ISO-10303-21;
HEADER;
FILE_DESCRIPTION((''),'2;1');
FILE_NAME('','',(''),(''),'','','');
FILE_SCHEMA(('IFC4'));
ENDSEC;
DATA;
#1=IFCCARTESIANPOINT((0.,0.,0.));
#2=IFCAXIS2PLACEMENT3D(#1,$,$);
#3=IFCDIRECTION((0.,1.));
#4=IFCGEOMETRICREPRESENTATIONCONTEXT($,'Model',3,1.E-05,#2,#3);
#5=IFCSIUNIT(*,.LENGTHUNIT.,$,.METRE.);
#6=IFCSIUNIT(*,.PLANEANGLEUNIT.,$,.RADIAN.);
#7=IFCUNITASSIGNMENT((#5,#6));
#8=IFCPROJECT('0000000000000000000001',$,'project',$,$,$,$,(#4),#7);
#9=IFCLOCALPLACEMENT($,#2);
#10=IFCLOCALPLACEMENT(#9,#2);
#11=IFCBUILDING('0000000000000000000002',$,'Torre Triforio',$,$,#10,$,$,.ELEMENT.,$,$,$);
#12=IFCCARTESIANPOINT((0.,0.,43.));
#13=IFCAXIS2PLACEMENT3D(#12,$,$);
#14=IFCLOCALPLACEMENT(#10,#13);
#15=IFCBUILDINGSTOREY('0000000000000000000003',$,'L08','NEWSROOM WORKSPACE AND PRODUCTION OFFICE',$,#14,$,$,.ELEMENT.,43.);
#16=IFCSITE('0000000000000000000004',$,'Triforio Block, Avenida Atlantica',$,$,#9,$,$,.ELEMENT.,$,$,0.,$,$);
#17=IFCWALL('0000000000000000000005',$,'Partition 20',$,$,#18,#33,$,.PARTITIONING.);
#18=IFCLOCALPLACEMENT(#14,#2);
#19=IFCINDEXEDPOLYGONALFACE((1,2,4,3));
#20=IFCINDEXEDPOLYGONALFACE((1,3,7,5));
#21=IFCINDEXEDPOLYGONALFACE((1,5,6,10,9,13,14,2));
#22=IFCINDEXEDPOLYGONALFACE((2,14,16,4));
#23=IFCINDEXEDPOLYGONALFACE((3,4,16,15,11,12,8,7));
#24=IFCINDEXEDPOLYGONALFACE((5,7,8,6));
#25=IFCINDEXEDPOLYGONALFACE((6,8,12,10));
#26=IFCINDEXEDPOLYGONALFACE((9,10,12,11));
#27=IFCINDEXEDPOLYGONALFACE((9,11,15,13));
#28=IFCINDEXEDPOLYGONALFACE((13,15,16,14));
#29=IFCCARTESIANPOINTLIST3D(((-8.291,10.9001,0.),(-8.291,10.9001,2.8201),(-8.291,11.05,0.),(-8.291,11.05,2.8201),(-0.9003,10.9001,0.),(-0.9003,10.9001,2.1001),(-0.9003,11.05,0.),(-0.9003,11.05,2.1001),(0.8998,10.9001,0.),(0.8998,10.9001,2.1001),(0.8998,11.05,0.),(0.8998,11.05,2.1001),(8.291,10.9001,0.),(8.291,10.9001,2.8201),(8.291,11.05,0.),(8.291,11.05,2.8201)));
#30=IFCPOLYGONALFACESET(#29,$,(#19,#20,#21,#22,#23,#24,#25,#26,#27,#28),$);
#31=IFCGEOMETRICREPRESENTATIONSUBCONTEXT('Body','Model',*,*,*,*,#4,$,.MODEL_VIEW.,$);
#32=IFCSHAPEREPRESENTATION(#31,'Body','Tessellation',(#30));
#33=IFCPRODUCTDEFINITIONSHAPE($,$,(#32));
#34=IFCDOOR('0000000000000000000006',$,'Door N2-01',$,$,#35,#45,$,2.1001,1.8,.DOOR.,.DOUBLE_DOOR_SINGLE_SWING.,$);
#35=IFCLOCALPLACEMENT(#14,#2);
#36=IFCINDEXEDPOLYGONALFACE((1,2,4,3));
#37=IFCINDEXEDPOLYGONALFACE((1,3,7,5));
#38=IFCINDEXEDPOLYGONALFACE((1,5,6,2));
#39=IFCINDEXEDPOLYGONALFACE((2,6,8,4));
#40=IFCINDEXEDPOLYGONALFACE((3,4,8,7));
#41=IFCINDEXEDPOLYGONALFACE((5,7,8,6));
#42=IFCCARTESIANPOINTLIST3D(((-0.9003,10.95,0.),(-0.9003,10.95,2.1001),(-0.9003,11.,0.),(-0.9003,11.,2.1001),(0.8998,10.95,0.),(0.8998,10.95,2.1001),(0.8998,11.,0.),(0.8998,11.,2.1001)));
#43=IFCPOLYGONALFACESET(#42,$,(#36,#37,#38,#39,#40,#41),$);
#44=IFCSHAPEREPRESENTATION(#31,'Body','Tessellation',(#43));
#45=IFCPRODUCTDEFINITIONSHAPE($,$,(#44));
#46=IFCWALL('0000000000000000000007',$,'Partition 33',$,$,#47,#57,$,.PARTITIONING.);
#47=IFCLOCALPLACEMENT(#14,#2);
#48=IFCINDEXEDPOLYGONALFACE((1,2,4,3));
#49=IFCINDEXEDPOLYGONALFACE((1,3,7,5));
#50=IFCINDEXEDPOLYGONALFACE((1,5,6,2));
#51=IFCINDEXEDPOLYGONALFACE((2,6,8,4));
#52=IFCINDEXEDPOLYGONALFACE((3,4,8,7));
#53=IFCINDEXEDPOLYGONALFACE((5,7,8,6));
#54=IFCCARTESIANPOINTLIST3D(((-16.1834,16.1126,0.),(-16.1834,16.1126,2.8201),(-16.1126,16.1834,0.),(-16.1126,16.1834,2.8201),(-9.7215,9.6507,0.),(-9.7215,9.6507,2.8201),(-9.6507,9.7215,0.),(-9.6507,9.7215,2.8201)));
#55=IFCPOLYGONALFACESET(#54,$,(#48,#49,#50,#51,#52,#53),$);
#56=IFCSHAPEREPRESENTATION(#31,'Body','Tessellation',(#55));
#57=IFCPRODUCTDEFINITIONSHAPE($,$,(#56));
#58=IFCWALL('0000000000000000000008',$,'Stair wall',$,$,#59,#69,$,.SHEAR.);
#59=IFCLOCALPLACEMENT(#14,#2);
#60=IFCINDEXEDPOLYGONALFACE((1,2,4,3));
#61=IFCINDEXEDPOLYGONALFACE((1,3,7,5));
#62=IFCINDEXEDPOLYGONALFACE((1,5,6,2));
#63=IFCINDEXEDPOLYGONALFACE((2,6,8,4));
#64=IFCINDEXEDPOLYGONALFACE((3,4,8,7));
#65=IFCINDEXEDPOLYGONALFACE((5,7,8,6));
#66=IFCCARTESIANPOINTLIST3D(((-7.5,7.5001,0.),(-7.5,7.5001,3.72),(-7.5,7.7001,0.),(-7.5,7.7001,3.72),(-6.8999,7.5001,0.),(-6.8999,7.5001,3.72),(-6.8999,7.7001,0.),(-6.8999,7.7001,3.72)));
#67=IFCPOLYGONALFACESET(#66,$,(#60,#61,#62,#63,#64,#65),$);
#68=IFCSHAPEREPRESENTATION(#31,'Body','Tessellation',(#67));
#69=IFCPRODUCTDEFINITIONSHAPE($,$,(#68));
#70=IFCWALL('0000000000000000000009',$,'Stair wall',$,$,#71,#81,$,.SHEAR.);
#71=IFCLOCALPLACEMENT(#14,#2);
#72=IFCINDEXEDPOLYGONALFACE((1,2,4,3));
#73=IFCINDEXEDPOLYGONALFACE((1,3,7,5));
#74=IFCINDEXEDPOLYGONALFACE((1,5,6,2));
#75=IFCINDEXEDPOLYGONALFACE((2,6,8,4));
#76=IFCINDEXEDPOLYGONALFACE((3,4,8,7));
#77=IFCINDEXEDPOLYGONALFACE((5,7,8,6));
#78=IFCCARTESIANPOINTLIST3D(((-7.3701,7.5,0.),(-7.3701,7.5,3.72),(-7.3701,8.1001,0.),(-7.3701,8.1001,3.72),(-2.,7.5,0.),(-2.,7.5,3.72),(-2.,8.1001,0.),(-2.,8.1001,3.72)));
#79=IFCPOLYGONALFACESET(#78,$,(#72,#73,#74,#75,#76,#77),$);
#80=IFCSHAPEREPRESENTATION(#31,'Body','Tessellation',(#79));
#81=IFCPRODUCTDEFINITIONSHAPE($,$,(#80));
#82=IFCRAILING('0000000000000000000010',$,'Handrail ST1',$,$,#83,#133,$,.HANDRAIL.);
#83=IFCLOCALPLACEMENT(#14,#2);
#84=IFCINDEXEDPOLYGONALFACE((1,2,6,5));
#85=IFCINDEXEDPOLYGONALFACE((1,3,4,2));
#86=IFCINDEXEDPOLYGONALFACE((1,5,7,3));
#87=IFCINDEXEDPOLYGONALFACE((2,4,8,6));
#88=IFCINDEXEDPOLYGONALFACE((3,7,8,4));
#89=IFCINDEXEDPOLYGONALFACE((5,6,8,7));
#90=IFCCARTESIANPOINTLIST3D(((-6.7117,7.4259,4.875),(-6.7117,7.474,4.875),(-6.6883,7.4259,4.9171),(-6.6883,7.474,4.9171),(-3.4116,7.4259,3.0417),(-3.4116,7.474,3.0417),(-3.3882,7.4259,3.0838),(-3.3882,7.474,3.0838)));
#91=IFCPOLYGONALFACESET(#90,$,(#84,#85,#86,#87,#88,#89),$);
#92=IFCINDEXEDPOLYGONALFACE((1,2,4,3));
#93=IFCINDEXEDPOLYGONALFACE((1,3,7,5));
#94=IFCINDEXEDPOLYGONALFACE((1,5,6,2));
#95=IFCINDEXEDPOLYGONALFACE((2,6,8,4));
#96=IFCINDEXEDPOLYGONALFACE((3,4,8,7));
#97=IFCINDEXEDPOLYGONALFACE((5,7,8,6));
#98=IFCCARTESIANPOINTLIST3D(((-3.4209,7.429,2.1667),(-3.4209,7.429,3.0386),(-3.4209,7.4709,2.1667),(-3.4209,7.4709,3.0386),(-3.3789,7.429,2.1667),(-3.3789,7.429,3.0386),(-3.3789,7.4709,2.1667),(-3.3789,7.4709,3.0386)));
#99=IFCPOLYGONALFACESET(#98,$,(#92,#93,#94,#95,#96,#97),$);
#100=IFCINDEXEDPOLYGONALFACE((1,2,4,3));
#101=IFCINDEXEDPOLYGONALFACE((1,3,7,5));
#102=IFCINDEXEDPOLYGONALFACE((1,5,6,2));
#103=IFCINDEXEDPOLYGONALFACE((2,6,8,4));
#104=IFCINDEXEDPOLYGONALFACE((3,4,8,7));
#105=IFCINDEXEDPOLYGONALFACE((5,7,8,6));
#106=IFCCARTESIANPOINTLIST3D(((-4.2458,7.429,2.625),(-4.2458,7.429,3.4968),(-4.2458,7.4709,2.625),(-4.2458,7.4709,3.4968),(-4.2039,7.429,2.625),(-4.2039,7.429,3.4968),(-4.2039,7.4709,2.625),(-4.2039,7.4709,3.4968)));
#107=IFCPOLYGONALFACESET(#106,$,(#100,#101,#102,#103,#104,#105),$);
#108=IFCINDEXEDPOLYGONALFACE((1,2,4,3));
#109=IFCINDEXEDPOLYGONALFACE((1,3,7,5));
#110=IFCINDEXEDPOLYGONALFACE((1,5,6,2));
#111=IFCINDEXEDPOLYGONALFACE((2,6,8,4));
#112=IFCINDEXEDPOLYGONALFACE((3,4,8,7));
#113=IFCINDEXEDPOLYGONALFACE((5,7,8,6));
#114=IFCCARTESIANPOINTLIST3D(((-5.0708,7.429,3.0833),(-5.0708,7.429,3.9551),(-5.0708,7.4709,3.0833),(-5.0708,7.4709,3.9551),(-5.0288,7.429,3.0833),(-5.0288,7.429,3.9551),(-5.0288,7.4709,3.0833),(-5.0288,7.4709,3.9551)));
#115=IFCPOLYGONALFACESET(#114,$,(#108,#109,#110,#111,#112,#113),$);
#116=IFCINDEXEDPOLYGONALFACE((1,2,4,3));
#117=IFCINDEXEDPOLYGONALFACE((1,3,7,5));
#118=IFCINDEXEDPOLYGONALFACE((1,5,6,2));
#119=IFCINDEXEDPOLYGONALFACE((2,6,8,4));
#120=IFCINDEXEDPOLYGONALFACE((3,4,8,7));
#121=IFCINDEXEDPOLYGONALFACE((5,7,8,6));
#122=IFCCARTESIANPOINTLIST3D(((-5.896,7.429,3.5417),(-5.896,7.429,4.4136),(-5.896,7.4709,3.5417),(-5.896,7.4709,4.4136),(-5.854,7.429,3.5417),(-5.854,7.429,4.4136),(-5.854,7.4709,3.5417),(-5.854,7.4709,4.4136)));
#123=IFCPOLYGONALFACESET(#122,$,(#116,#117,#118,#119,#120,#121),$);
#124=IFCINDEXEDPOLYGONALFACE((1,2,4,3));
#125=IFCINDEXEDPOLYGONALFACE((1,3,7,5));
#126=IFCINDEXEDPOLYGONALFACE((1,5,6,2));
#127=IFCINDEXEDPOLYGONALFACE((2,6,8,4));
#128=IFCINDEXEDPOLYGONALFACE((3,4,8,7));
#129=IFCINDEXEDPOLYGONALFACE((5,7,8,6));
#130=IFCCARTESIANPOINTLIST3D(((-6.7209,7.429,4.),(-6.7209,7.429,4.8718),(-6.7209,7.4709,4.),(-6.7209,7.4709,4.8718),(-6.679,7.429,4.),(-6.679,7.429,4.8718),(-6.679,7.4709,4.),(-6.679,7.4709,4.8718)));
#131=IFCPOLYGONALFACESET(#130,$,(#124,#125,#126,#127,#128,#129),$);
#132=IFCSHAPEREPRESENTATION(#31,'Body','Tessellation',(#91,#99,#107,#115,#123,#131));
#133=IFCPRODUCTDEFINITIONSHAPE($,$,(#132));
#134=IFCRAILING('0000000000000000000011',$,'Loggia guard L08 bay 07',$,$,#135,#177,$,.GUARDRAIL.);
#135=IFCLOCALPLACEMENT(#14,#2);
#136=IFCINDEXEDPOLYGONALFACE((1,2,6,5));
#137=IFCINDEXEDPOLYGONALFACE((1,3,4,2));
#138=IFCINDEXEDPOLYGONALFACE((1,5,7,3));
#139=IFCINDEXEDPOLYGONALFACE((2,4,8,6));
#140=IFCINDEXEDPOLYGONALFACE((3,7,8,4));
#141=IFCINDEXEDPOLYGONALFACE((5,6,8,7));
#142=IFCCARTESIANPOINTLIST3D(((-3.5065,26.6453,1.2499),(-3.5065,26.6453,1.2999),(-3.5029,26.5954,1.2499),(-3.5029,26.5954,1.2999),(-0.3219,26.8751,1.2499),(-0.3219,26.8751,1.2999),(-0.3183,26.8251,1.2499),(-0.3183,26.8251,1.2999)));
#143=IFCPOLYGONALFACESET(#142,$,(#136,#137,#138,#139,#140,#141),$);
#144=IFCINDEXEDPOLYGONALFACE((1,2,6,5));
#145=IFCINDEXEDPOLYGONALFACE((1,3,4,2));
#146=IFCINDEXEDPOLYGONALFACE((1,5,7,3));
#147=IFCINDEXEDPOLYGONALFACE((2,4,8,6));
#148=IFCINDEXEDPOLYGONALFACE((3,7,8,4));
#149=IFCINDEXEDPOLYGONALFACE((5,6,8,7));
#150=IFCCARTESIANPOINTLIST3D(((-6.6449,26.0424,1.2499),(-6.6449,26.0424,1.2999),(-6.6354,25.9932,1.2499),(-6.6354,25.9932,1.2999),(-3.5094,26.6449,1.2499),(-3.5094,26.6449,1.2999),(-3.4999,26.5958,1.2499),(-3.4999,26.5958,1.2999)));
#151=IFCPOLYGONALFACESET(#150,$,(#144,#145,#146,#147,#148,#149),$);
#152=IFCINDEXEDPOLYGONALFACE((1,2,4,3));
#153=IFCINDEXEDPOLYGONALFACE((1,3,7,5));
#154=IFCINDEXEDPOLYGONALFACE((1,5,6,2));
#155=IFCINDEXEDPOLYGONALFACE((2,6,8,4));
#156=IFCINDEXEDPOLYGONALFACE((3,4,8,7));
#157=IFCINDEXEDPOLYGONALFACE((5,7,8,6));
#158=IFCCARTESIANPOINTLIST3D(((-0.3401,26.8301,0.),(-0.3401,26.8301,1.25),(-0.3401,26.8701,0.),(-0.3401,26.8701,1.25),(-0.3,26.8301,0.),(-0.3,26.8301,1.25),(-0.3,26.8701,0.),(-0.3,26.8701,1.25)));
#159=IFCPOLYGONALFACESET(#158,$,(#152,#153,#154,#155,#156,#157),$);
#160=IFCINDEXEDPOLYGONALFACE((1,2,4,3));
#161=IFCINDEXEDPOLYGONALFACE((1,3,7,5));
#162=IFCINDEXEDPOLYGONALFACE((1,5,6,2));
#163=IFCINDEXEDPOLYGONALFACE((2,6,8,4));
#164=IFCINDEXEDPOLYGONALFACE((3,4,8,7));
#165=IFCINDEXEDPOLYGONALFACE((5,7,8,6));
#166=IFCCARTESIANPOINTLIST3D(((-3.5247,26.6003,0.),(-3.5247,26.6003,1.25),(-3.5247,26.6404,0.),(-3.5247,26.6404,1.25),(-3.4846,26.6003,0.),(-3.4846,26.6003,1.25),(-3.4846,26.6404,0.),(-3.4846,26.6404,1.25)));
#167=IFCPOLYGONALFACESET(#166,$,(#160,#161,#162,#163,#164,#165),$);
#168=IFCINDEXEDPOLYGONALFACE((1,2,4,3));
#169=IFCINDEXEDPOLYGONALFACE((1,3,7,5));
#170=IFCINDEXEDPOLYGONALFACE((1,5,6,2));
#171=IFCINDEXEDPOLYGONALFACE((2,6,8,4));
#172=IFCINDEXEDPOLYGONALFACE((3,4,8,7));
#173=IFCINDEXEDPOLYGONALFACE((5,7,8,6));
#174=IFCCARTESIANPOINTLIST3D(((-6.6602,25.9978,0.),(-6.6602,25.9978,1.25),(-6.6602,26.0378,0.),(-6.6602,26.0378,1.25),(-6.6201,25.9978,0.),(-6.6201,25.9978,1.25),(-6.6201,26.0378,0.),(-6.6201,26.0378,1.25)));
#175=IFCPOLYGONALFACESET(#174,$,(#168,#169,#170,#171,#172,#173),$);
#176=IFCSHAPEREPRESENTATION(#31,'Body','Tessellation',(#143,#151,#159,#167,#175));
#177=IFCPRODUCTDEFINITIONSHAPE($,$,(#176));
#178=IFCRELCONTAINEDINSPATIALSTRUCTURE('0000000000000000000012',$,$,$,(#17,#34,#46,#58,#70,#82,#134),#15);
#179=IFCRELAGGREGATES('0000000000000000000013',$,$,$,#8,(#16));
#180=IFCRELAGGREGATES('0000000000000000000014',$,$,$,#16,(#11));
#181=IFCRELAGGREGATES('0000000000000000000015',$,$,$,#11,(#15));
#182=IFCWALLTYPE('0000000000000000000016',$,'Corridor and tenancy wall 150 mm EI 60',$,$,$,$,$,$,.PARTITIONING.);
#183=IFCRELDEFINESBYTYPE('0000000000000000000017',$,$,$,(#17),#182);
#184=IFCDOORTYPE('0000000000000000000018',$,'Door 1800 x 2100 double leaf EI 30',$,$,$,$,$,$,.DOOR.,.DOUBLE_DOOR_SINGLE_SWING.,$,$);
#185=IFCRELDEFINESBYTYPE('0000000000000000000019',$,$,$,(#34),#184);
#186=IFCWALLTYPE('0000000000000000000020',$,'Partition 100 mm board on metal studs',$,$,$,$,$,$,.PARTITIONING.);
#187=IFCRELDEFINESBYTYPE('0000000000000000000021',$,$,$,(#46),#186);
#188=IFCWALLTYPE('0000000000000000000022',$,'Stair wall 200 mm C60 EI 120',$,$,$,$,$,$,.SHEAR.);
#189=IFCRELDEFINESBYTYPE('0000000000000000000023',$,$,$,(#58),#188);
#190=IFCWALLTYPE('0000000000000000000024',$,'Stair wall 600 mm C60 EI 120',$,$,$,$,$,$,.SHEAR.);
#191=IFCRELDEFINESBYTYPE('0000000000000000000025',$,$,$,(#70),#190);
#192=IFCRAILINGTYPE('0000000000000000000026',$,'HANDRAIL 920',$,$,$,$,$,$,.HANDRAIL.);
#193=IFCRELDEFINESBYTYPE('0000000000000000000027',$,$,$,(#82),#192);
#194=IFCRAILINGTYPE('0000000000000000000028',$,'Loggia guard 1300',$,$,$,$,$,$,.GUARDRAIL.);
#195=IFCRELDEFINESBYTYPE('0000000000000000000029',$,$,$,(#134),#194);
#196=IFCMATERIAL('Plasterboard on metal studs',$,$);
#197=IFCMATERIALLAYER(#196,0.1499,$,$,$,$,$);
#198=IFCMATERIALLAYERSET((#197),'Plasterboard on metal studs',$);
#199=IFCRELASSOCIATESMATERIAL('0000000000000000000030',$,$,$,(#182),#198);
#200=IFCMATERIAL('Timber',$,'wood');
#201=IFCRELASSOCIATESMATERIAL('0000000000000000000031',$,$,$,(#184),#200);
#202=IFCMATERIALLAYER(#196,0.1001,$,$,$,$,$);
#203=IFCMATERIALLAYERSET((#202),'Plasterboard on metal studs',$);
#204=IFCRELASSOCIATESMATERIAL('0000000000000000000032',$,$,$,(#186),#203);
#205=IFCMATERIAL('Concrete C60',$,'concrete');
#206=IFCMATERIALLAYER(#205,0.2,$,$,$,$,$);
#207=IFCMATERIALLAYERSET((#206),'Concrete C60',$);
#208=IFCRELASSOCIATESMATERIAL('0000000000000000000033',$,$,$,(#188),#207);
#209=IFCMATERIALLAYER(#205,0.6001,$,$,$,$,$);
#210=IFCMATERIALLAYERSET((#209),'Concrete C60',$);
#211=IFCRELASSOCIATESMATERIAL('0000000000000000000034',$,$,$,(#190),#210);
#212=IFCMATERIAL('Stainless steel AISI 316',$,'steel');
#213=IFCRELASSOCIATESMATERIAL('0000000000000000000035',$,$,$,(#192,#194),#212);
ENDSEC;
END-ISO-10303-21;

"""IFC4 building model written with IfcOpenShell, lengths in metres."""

from ifc_helpers import new_model, si_unit, direction, frame, frame_2d, origin, origin_2d, place, context, subcontext, project, spatial, rectangle, extrude, material, layer, layer_set, type_object, element, fill, save


model = new_model("IFC4")

# Units and contexts
model_context = context("Model", 3, precision=1e-05, world=origin(), true_north=direction((0.0, 1.0)))
body_context = subcontext(model_context, "Body", "Model", "MODEL_VIEW")
ifc_project = project(units=[si_unit("LENGTHUNIT", "METRE"), si_unit("PLANEANGLEUNIT", "RADIAN")], contexts=[model_context])

# Site, building, storey
site_placement = place(None, origin())
site = spatial("IfcSite", under=ifc_project, at=site_placement, Name="Triforio Block, Avenida Atlantica", CompositionType="ELEMENT", RefElevation=0.0)
building_placement = place(site_placement, origin())
building = spatial("IfcBuilding", under=site, at=building_placement, Name="Torre Triforio", CompositionType="ELEMENT")
storey_placement = place(building_placement, frame((0.0, 0.0, 43.0)))
storey = spatial("IfcBuildingStorey", under=building, at=storey_placement, Name="L08", Description="NEWSROOM WORKSPACE AND PRODUCTION OFFICE", CompositionType="ELEMENT", Elevation=43.0)

# Shared definitions
ifc_material_1 = material(Name="Concrete C60", Category="concrete")

# Wall, opening, door
ifc_material_2 = material(Name="Plasterboard on metal studs")
ifc_layer_1 = layer(ifc_material_2, 0.1499)
ifc_layer_set_1 = layer_set([ifc_layer_1], Name="Plasterboard on metal studs")
wall_type_1 = type_object("IfcWallType", Name="Corridor and tenancy wall 150 mm EI 60", PredefinedType="PARTITIONING", material=ifc_layer_set_1)
wall_1_placement = place(storey_placement, frame((-8.291, 10.9751, 0.0), z_axis=(0.0, 0.0, 1.0), x_axis=(1.0, 0.0, 0.0)))
wall_1 = element("IfcWall", 1, at=wall_1_placement, inside=storey, type_object=wall_type_1, Name="Partition 20", PredefinedType="PARTITIONING", context=body_context, shape_type="SweptSolid", body=[
    extrude(rectangle(XDim=16.582, YDim=0.1499, at=frame_2d((8.291, 0.0))), origin(), (0.0, 0.0, 1.0), 2.8201),
])
opening_1_placement = place(wall_1_placement, frame((7.3909, 0.0, 0.0)))
opening_1 = element("IfcOpeningElement", 2, at=opening_1_placement, cuts=wall_1, PredefinedType="OPENING", context=body_context, shape_type="SweptSolid", body=[
    extrude(rectangle(XDim=1.8, YDim=2.1001, at=frame_2d((0.8999, 1.05))), frame((0.0, 0.085, 0.0), z_axis=(0.0, -1.0, 0.0), x_axis=(1.0, 0.0, 0.0)), (0.0, 0.0, 1.0), 0.1699),
])
ifc_material_3 = material(Name="Timber", Category="wood")
door_type_1 = type_object("IfcDoorType", Name="Door 1800 x 2100 double leaf EI 30", OperationType="DOUBLE_DOOR_SINGLE_SWING", PredefinedType="DOOR", material=ifc_material_3)
door_1_placement = place(opening_1_placement, origin())
door_1 = element("IfcDoor", 3, at=door_1_placement, inside=storey, type_object=door_type_1, Name="Door N2-01", OperationType="DOUBLE_DOOR_SINGLE_SWING", OverallHeight=2.1001, OverallWidth=1.8, PredefinedType="DOOR", context=body_context, shape_type="SweptSolid", body=[
    extrude(rectangle(XDim=1.8, YDim=2.1001, at=frame_2d((0.8999, 1.05))), frame((0.0, 0.0249, 0.0), z_axis=(0.0, -1.0, 0.0), x_axis=(1.0, 0.0, 0.0)), (0.0, 0.0, 1.0), 0.05),
])
fill(opening_1, door_1)

# Walls
ifc_layer_2 = layer(ifc_material_2, 0.1001)
ifc_layer_set_2 = layer_set([ifc_layer_2], Name="Plasterboard on metal studs")
wall_type_2 = type_object("IfcWallType", Name="Partition 100 mm board on metal studs", PredefinedType="PARTITIONING", material=ifc_layer_set_2)
wall_2_placement = place(storey_placement, frame((-9.686, 9.686, 0.0), z_axis=(0.0, 0.0, 1.0), x_axis=(-0.707107, 0.707107, 0.0)))
element("IfcWall", 4, at=wall_2_placement, inside=storey, type_object=wall_type_2, Name="Partition 33", PredefinedType="PARTITIONING", context=body_context, shape_type="SweptSolid", body=[
    extrude(rectangle(XDim=9.1384, YDim=0.1001, at=frame_2d((4.5693, 0.0))), origin(), (0.0, 0.0, 1.0), 2.8201),
])
ifc_layer_3 = layer(ifc_material_1, 0.2)
ifc_layer_set_3 = layer_set([ifc_layer_3], Name="Concrete C60")
wall_type_3 = type_object("IfcWallType", Name="Stair wall 200 mm C60 EI 120", PredefinedType="SHEAR", material=ifc_layer_set_3)
wall_3_placement = place(storey_placement, frame((-7.5, 7.6001, 0.0), z_axis=(0.0, 0.0, 1.0), x_axis=(1.0, 0.0, 0.0)))
element("IfcWall", 5, at=wall_3_placement, inside=storey, type_object=wall_type_3, Name="Stair wall", PredefinedType="SHEAR", context=body_context, shape_type="SweptSolid", body=[
    extrude(rectangle(XDim=0.6001, YDim=0.2, at=frame_2d((0.3, 0.0))), origin(), (0.0, 0.0, 1.0), 3.72),
])
ifc_layer_4 = layer(ifc_material_1, 0.6001)
ifc_layer_set_4 = layer_set([ifc_layer_4], Name="Concrete C60")
wall_type_4 = type_object("IfcWallType", Name="Stair wall 600 mm C60 EI 120", PredefinedType="SHEAR", material=ifc_layer_set_4)
wall_4_placement = place(storey_placement, frame((-7.3701, 7.8, 0.0), z_axis=(0.0, 0.0, 1.0), x_axis=(1.0, 0.0, 0.0)))
element("IfcWall", 6, at=wall_4_placement, inside=storey, type_object=wall_type_4, Name="Stair wall", PredefinedType="SHEAR", context=body_context, shape_type="SweptSolid", body=[
    extrude(rectangle(XDim=5.3701, YDim=0.6001, at=frame_2d((2.6851, 0.0))), origin(), (0.0, 0.0, 1.0), 3.72),
])

# Railings
ifc_material_4 = material(Name="Stainless steel AISI 316", Category="steel")
railing_type_1 = type_object("IfcRailingType", Name="HANDRAIL 920", PredefinedType="HANDRAIL", material=ifc_material_4)
railing_1_placement = place(storey_placement, frame((-3.3999, 7.45, 2.1667)))
element("IfcRailing", 7, at=railing_1_placement, inside=storey, type_object=railing_type_1, Name="Handrail ST1", PredefinedType="HANDRAIL", context=body_context, shape_type="SweptSolid", body=[
    extrude(rectangle(XDim=0.0481, YDim=0.0481, at=origin_2d()), frame((0.0, 0.0, 0.896), z_axis=(-0.874169, 0.0, 0.485621), x_axis=(0.0, -1.0, 0.0)), (0.0, 0.0, 1.0), 3.7751),
    extrude(rectangle(XDim=0.042, YDim=0.042, at=origin_2d()), origin(), (0.0, 0.0, 1.0), 0.8718),
    extrude(rectangle(XDim=0.042, YDim=0.042, at=origin_2d()), frame((-0.825, 0.0, 0.4583)), (0.0, 0.0, 1.0), 0.8718),
    extrude(rectangle(XDim=0.042, YDim=0.042, at=origin_2d()), frame((-1.6499, 0.0, 0.9165)), (0.0, 0.0, 1.0), 0.8718),
    extrude(rectangle(XDim=0.042, YDim=0.042, at=origin_2d()), frame((-2.4751, 0.0, 1.375)), (0.0, 0.0, 1.0), 0.8718),
    extrude(rectangle(XDim=0.042, YDim=0.042, at=origin_2d()), frame((-3.3, 0.0, 1.8333)), (0.0, 0.0, 1.0), 0.8718),
])
railing_type_2 = type_object("IfcRailingType", Name="Loggia guard 1300", PredefinedType="GUARDRAIL", material=ifc_material_4)
railing_2_placement = place(storey_placement, frame((-0.3201, 26.8501, 0.0)))
element("IfcRailing", 8, at=railing_2_placement, inside=storey, type_object=railing_type_2, Name="Loggia guard L08 bay 07", PredefinedType="GUARDRAIL", context=body_context, shape_type="SweptSolid", body=[
    extrude(rectangle(XDim=0.05, YDim=0.05, at=origin_2d()), frame((0.0, 0.0, 1.2749), z_axis=(-0.997408, -0.071953, 0.0), x_axis=(0.071953, -0.997408, 0.0)), (0.0, 0.0, 1.0), 3.1929),
    extrude(rectangle(XDim=0.05, YDim=0.05, at=origin_2d()), frame((-3.1846, -0.2297, 1.2749), z_axis=(-0.982032, -0.188714, 0.0), x_axis=(0.188714, -0.982032, 0.0)), (0.0, 0.0, 1.0), 3.1929),
    extrude(rectangle(XDim=0.04, YDim=0.04, at=origin_2d()), origin(), (0.0, 0.0, 1.0), 1.25),
    extrude(rectangle(XDim=0.04, YDim=0.04, at=origin_2d()), frame((-3.1846, -0.2297, 0.0)), (0.0, 0.0, 1.0), 1.25),
    extrude(rectangle(XDim=0.04, YDim=0.04, at=origin_2d()), frame((-6.3201, -0.8323, 0.0)), (0.0, 0.0, 1.0), 1.25),
])

save(model, "model.ifc")
